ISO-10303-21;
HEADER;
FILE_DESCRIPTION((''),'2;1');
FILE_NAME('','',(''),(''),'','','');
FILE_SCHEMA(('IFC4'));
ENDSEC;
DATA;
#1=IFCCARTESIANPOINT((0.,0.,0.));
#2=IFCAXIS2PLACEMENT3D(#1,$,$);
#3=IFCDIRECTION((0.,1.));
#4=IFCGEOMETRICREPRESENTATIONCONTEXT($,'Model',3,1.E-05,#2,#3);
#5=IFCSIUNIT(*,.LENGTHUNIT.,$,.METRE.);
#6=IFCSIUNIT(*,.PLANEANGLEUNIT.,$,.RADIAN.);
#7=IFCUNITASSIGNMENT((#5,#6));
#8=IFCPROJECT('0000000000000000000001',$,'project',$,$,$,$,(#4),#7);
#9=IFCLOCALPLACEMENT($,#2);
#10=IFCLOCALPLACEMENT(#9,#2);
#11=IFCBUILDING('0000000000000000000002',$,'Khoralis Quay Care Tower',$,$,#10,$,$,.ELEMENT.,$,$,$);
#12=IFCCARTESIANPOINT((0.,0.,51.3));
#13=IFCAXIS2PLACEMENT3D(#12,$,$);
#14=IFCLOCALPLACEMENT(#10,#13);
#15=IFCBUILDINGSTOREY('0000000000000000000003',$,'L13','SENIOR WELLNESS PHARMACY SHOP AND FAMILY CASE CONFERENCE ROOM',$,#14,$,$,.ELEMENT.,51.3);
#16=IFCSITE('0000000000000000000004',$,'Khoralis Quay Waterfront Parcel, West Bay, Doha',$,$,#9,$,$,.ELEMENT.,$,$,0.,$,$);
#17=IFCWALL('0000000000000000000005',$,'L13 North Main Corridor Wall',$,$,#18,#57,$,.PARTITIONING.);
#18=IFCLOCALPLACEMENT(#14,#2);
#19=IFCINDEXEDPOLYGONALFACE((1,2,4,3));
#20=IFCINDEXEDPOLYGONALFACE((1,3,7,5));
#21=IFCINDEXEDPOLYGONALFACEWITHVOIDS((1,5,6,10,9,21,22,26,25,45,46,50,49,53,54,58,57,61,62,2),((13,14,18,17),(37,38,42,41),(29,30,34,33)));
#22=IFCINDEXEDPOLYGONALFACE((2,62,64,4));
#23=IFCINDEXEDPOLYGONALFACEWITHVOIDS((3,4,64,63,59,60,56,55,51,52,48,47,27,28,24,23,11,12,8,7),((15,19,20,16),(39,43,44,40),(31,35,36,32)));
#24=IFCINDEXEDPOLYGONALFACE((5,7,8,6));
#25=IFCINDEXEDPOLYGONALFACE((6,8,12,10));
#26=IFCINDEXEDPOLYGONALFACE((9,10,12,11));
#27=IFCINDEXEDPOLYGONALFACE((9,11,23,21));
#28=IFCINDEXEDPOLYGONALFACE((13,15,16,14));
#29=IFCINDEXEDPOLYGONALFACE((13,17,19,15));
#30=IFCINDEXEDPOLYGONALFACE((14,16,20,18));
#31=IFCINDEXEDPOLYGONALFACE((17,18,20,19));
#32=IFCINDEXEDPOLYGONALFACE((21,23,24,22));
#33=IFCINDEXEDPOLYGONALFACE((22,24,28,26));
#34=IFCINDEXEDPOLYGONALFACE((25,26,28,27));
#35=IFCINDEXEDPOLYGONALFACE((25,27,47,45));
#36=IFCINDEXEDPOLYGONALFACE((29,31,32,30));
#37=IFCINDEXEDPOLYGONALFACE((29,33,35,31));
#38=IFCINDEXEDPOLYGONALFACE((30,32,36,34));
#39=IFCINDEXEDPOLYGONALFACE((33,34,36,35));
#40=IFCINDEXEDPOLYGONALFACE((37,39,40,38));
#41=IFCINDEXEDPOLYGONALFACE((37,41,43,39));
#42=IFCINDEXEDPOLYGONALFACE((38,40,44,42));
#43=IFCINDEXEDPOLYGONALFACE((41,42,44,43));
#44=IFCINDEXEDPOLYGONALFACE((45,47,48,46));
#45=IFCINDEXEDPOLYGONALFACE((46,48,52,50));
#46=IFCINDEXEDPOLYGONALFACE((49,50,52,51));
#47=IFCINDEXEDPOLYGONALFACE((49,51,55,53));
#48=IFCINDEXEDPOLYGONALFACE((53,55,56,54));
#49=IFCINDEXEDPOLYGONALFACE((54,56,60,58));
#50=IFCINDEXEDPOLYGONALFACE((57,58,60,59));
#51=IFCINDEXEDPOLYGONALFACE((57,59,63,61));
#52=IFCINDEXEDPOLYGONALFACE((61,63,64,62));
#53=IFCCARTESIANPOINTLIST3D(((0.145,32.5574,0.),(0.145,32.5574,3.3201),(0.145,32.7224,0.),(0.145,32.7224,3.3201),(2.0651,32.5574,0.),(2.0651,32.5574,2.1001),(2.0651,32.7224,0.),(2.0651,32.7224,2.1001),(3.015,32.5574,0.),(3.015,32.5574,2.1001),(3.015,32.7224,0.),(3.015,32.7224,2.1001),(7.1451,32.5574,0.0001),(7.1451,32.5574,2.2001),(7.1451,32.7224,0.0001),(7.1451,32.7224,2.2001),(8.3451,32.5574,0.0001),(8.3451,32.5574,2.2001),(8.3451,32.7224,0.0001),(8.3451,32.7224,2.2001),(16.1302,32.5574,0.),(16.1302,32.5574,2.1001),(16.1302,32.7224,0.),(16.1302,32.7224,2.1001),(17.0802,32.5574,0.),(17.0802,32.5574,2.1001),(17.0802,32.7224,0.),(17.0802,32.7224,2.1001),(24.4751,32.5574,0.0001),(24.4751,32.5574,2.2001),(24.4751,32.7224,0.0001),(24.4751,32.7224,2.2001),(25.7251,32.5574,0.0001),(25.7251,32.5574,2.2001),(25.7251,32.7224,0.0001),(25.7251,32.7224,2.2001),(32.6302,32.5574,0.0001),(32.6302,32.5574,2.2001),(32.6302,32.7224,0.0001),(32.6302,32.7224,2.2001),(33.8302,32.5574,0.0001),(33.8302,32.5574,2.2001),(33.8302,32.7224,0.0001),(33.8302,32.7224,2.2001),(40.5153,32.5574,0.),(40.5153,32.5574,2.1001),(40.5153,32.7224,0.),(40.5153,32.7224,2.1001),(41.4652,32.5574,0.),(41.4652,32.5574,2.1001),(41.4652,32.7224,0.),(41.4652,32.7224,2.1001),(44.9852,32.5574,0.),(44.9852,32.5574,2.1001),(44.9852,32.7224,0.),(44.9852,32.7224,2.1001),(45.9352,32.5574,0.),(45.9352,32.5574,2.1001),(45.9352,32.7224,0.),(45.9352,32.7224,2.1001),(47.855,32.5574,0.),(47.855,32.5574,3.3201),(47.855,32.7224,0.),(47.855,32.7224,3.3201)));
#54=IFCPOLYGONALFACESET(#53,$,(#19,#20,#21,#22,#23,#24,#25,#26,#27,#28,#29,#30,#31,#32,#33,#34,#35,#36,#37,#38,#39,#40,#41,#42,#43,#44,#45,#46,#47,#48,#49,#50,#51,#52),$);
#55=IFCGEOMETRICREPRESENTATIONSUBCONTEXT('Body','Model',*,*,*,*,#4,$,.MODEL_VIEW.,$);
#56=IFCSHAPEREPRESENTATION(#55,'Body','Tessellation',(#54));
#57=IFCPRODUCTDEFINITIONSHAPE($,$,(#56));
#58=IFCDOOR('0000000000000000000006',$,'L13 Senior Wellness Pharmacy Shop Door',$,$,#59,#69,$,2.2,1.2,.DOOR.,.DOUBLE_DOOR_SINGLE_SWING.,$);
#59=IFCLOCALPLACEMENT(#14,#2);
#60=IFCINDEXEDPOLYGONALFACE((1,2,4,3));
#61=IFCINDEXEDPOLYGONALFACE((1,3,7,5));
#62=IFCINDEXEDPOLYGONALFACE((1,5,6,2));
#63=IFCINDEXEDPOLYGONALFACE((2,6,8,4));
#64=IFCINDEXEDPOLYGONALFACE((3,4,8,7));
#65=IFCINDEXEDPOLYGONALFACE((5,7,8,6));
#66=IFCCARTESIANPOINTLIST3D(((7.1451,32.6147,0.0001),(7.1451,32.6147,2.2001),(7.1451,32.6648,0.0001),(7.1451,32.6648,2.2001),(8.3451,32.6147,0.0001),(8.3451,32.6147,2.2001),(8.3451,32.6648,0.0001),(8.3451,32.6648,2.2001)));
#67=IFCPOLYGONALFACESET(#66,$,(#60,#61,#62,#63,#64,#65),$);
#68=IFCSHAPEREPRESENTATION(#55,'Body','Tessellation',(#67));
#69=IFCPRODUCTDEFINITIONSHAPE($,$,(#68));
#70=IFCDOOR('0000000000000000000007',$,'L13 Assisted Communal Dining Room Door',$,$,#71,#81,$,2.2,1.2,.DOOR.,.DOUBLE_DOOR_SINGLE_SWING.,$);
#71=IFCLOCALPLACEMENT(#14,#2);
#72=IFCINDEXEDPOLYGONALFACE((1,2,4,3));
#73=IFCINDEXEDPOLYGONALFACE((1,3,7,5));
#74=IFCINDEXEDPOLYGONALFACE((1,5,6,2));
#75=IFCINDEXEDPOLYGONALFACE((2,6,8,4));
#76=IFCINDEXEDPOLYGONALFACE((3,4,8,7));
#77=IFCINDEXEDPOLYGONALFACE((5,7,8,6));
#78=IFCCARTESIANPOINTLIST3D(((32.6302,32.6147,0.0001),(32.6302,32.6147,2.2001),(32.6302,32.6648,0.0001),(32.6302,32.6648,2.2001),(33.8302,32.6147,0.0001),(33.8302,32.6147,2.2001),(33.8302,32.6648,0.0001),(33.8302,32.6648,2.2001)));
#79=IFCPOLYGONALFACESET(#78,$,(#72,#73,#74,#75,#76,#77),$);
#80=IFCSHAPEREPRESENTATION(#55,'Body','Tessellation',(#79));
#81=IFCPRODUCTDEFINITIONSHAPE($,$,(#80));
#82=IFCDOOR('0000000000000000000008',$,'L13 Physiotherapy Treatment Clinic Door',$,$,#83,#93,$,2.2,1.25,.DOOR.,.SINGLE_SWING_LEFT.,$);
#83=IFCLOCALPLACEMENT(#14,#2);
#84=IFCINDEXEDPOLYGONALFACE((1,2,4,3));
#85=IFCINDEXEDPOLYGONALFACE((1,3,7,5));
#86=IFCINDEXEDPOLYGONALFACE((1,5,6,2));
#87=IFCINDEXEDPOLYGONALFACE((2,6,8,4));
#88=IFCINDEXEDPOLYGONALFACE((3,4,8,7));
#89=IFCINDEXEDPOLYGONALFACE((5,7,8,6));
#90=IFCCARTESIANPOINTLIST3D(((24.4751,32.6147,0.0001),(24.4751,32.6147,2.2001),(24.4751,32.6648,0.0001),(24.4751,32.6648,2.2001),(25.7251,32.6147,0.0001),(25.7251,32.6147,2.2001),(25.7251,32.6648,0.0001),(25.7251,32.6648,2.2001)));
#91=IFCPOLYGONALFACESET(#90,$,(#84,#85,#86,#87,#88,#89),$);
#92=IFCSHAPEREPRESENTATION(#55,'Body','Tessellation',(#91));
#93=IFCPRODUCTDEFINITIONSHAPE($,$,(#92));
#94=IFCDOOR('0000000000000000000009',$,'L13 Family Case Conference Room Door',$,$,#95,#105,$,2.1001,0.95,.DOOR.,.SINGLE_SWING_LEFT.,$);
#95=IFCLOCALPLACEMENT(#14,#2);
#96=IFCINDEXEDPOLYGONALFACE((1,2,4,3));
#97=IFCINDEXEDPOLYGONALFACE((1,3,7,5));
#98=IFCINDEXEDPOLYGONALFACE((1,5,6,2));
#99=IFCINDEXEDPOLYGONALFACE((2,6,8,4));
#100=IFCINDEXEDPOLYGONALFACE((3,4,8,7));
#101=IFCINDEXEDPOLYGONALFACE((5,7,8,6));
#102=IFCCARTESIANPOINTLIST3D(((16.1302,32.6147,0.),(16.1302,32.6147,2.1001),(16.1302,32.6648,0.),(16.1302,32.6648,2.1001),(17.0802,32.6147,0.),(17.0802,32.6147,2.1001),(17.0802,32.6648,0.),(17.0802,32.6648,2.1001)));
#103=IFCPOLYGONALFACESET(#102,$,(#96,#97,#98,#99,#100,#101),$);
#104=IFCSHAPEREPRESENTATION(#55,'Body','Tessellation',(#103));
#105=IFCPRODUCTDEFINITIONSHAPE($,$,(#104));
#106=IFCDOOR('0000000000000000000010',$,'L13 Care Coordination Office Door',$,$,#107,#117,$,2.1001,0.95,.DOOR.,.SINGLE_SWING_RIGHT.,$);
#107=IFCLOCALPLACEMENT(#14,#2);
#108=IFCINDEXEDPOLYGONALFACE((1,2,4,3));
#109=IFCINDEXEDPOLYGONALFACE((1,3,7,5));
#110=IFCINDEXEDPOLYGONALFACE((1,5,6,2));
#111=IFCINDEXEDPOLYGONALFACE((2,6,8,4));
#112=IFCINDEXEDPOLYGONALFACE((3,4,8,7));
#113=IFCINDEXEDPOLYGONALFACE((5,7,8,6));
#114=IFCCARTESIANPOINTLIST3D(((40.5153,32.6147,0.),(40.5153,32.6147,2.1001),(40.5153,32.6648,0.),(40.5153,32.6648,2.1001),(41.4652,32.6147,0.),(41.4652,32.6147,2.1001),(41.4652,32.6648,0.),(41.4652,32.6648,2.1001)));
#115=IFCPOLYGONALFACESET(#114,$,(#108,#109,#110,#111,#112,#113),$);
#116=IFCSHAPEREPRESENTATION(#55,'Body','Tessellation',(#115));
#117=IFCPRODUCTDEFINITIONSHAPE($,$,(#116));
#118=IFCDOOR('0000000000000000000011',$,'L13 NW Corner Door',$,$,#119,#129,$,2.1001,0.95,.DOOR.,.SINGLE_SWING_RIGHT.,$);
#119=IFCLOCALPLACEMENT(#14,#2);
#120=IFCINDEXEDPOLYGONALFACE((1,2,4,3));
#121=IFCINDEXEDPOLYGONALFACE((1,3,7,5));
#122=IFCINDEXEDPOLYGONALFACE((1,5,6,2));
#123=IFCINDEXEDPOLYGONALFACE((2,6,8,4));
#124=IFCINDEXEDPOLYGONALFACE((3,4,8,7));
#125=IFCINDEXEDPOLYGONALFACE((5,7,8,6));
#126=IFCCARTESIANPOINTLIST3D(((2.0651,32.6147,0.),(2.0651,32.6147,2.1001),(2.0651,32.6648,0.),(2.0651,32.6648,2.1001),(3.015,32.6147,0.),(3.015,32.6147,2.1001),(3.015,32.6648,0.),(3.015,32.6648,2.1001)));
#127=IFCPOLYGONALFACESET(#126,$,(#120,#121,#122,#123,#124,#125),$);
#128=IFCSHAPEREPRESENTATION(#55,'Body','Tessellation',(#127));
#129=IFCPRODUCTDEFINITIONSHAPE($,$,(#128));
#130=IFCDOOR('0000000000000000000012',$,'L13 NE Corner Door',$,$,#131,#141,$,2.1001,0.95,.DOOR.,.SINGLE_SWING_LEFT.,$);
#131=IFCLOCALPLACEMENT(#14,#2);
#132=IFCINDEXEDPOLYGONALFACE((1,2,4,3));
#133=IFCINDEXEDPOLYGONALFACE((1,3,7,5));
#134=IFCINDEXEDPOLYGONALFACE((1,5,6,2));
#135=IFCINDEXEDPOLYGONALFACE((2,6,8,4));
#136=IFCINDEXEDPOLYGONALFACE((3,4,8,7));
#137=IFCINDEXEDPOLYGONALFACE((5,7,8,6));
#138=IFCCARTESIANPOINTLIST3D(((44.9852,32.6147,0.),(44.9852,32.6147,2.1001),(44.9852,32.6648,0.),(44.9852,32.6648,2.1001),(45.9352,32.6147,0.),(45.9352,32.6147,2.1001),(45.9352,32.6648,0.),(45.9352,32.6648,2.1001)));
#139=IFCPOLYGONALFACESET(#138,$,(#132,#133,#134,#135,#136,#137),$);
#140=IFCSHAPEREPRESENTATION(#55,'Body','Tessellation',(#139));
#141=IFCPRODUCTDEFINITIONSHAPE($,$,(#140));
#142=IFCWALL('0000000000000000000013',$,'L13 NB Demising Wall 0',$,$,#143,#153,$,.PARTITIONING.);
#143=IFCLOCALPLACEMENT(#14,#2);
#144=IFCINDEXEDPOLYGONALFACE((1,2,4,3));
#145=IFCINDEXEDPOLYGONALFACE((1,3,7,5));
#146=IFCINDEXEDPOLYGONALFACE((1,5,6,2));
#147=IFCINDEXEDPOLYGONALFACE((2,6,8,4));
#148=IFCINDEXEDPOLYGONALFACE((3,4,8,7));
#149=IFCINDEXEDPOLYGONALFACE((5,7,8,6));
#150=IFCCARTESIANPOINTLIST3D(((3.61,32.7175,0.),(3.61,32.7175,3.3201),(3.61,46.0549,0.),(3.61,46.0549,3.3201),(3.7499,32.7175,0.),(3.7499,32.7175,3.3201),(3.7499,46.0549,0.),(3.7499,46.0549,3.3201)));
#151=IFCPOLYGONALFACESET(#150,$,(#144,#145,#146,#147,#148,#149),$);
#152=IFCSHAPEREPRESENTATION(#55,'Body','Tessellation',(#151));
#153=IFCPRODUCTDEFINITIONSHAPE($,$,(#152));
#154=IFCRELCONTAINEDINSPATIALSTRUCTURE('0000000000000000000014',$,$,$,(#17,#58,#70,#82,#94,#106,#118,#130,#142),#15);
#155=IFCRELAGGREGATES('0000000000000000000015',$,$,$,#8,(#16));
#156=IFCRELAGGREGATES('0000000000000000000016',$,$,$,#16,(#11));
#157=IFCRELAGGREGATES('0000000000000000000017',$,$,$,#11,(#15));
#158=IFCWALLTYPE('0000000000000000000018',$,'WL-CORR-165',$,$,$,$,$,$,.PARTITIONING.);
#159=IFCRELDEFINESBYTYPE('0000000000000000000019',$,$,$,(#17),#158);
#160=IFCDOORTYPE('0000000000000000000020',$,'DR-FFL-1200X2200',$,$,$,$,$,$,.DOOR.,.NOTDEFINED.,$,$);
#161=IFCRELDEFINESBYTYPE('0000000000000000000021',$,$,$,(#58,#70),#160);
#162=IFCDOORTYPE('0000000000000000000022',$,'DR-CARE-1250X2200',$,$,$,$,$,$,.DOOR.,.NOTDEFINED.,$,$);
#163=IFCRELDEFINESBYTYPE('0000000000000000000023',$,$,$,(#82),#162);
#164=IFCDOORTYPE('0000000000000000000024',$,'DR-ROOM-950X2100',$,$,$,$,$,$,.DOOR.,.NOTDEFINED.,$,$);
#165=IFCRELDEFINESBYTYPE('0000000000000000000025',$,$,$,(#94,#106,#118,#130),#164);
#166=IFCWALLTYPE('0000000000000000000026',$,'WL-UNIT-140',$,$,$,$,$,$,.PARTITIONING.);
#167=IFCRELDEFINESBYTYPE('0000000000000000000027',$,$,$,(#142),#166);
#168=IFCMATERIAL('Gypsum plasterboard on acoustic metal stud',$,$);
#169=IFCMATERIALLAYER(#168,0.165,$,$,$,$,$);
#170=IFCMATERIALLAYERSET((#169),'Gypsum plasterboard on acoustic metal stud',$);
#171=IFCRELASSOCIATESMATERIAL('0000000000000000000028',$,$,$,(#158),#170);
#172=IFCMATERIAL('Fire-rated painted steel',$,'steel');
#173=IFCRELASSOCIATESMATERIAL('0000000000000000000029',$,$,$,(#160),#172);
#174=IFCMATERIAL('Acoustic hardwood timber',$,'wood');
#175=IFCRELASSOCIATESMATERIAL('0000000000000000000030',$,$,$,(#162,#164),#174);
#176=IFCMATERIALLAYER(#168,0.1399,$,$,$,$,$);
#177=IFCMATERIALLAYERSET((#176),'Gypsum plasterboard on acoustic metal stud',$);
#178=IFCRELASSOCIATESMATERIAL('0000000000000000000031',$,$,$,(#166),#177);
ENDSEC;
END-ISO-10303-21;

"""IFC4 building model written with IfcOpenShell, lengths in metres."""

from ifc_helpers import new_model, si_unit, direction, frame, frame_2d, origin, place, context, subcontext, project, spatial, rectangle, extrude, source, transform, mapped, material, layer, layer_set, type_object, element, fill, save


model = new_model("IFC4")

# Units and contexts
model_context = context("Model", 3, precision=1e-05, world=origin(), true_north=direction((0.0, 1.0)))
body_context = subcontext(model_context, "Body", "Model", "MODEL_VIEW")
ifc_project = project(units=[si_unit("LENGTHUNIT", "METRE"), si_unit("PLANEANGLEUNIT", "RADIAN")], contexts=[model_context])

# Site, building, storey
site_placement = place(None, origin())
site = spatial("IfcSite", under=ifc_project, at=site_placement, Name="Khoralis Quay Waterfront Parcel, West Bay, Doha", CompositionType="ELEMENT", RefElevation=0.0)
building_placement = place(site_placement, origin())
building = spatial("IfcBuilding", under=site, at=building_placement, Name="Khoralis Quay Care Tower", CompositionType="ELEMENT")
storey_placement = place(building_placement, frame((0.0, 0.0, 51.3)))
storey = spatial("IfcBuildingStorey", under=building, at=storey_placement, Name="L13", Description="SENIOR WELLNESS PHARMACY SHOP AND FAMILY CASE CONFERENCE ROOM", CompositionType="ELEMENT", Elevation=51.3)

# Wall, openings, doors
ifc_material_1 = material(Name="Gypsum plasterboard on acoustic metal stud")
ifc_layer_1 = layer(ifc_material_1, 0.165)
ifc_layer_set_1 = layer_set([ifc_layer_1], Name="Gypsum plasterboard on acoustic metal stud")
wall_type_1 = type_object("IfcWallType", Name="WL-CORR-165", PredefinedType="PARTITIONING", material=ifc_layer_set_1)
wall_1_placement = place(storey_placement, frame((0.145, 32.6399, 0.0), z_axis=(0.0, 0.0, 1.0), x_axis=(1.0, 0.0, 0.0)))
wall_1 = element("IfcWall", 1, at=wall_1_placement, inside=storey, type_object=wall_type_1, Name="L13 North Main Corridor Wall", PredefinedType="PARTITIONING", context=body_context, shape_type="SweptSolid", body=[
    extrude(rectangle(XDim=47.71, YDim=0.165, at=frame_2d((23.855, 0.0))), origin(), (0.0, 0.0, 1.0), 3.3201),
])
opening_1_placement = place(wall_1_placement, frame((7.0, 0.0, 0.0)))
opening_1 = element("IfcOpeningElement", 2, at=opening_1_placement, cuts=wall_1, PredefinedType="OPENING", context=body_context, shape_type="SweptSolid", body=[
    extrude(rectangle(XDim=1.2, YDim=2.2, at=frame_2d((0.6001, 1.1001))), frame((0.0, 0.0925, 0.0), z_axis=(0.0, -1.0, 0.0), x_axis=(1.0, 0.0, 0.0)), (0.0, 0.0, 1.0), 0.1851),
])
opening_2_placement = place(wall_1_placement, frame((15.9851, 0.0, 0.0)))
opening_2 = element("IfcOpeningElement", 3, at=opening_2_placement, cuts=wall_1, PredefinedType="OPENING", context=body_context, shape_type="SweptSolid", body=[
    extrude(rectangle(XDim=0.95, YDim=2.1001, at=frame_2d((0.4751, 1.05))), frame((0.0, 0.0925, 0.0), z_axis=(0.0, -1.0, 0.0), x_axis=(1.0, 0.0, 0.0)), (0.0, 0.0, 1.0), 0.1851),
])
opening_3_placement = place(wall_1_placement, frame((24.3301, 0.0, 0.0)))
opening_3 = element("IfcOpeningElement", 4, at=opening_3_placement, cuts=wall_1, PredefinedType="OPENING", context=body_context, shape_type="SweptSolid", body=[
    extrude(rectangle(XDim=1.25, YDim=2.2, at=frame_2d((0.625, 1.1001))), frame((0.0, 0.0925, 0.0), z_axis=(0.0, -1.0, 0.0), x_axis=(1.0, 0.0, 0.0)), (0.0, 0.0, 1.0), 0.1851),
])
opening_4_placement = place(wall_1_placement, frame((32.4851, 0.0, 0.0)))
opening_4 = element("IfcOpeningElement", 5, at=opening_4_placement, cuts=wall_1, PredefinedType="OPENING", context=body_context, shape_type="SweptSolid", body=[
    extrude(rectangle(XDim=1.2, YDim=2.2, at=frame_2d((0.6001, 1.1001))), frame((0.0, 0.0925, 0.0), z_axis=(0.0, -1.0, 0.0), x_axis=(1.0, 0.0, 0.0)), (0.0, 0.0, 1.0), 0.1851),
])
opening_5_placement = place(wall_1_placement, frame((40.3701, 0.0, 0.0)))
opening_5 = element("IfcOpeningElement", 6, at=opening_5_placement, cuts=wall_1, PredefinedType="OPENING", context=body_context, shape_type="SweptSolid", body=[
    extrude(rectangle(XDim=0.95, YDim=2.1001, at=frame_2d((0.4751, 1.05))), frame((0.0, 0.0925, 0.0), z_axis=(0.0, -1.0, 0.0), x_axis=(1.0, 0.0, 0.0)), (0.0, 0.0, 1.0), 0.1851),
])
opening_6_placement = place(wall_1_placement, frame((1.9199, 0.0, 0.0)))
opening_6 = element("IfcOpeningElement", 7, at=opening_6_placement, cuts=wall_1, PredefinedType="OPENING", context=body_context, shape_type="SweptSolid", body=[
    extrude(rectangle(XDim=0.95, YDim=2.1001, at=frame_2d((0.4751, 1.05))), frame((0.0, 0.0925, 0.0), z_axis=(0.0, -1.0, 0.0), x_axis=(1.0, 0.0, 0.0)), (0.0, 0.0, 1.0), 0.1851),
])
opening_7_placement = place(wall_1_placement, frame((44.8401, 0.0, 0.0)))
opening_7 = element("IfcOpeningElement", 8, at=opening_7_placement, cuts=wall_1, PredefinedType="OPENING", context=body_context, shape_type="SweptSolid", body=[
    extrude(rectangle(XDim=0.95, YDim=2.1001, at=frame_2d((0.4751, 1.05))), frame((0.0, 0.0925, 0.0), z_axis=(0.0, -1.0, 0.0), x_axis=(1.0, 0.0, 0.0)), (0.0, 0.0, 1.0), 0.1851),
])
ifc_material_2 = material(Name="Fire-rated painted steel", Category="steel")
door_type_1 = type_object("IfcDoorType", Name="DR-FFL-1200X2200", OperationType="NOTDEFINED", PredefinedType="DOOR", material=ifc_material_2)
shared_shape_1 = source(origin(), body_context, "Body", "SweptSolid", [
    extrude(rectangle(XDim=1.2, YDim=2.2, at=frame_2d((0.6001, 1.1001))), frame((0.0, 0.0249, 0.0), z_axis=(0.0, -1.0, 0.0), x_axis=(1.0, 0.0, 0.0)), (0.0, 0.0, 1.0), 0.05),
])
door_1_placement = place(opening_1_placement, origin())
door_1 = element("IfcDoor", 9, at=door_1_placement, inside=storey, type_object=door_type_1, Name="L13 Senior Wellness Pharmacy Shop Door", OperationType="DOUBLE_DOOR_SINGLE_SWING", OverallHeight=2.2, OverallWidth=1.2, PredefinedType="DOOR", context=body_context, shape_type="MappedRepresentation", body=[
    mapped(shared_shape_1, transform((0.0, 0.0, 0.0), scale=1.0)),
])
fill(opening_1, door_1)
door_2_placement = place(opening_4_placement, origin())
door_2 = element("IfcDoor", 10, at=door_2_placement, inside=storey, type_object=door_type_1, Name="L13 Assisted Communal Dining Room Door", OperationType="DOUBLE_DOOR_SINGLE_SWING", OverallHeight=2.2, OverallWidth=1.2, PredefinedType="DOOR", context=body_context, shape_type="MappedRepresentation", body=[
    mapped(shared_shape_1, transform((0.0, 0.0, 0.0), scale=1.0)),
])
fill(opening_4, door_2)
ifc_material_3 = material(Name="Acoustic hardwood timber", Category="wood")
door_type_2 = type_object("IfcDoorType", Name="DR-CARE-1250X2200", OperationType="NOTDEFINED", PredefinedType="DOOR", material=ifc_material_3)
shared_shape_2 = source(origin(), body_context, "Body", "SweptSolid", [
    extrude(rectangle(XDim=1.25, YDim=2.2, at=frame_2d((0.625, 1.1001))), frame((0.0, 0.0249, 0.0), z_axis=(0.0, -1.0, 0.0), x_axis=(1.0, 0.0, 0.0)), (0.0, 0.0, 1.0), 0.05),
])
door_3_placement = place(opening_3_placement, origin())
door_3 = element("IfcDoor", 11, at=door_3_placement, inside=storey, type_object=door_type_2, Name="L13 Physiotherapy Treatment Clinic Door", OperationType="SINGLE_SWING_LEFT", OverallHeight=2.2, OverallWidth=1.25, PredefinedType="DOOR", context=body_context, shape_type="MappedRepresentation", body=[
    mapped(shared_shape_2, transform((0.0, 0.0, 0.0), scale=1.0)),
])
fill(opening_3, door_3)
door_type_3 = type_object("IfcDoorType", Name="DR-ROOM-950X2100", OperationType="NOTDEFINED", PredefinedType="DOOR", material=ifc_material_3)
shared_shape_3 = source(origin(), body_context, "Body", "SweptSolid", [
    extrude(rectangle(XDim=0.95, YDim=2.1001, at=frame_2d((0.4751, 1.05))), frame((0.0, 0.0249, 0.0), z_axis=(0.0, -1.0, 0.0), x_axis=(1.0, 0.0, 0.0)), (0.0, 0.0, 1.0), 0.05),
])
door_4_placement = place(opening_2_placement, origin())
door_4 = element("IfcDoor", 12, at=door_4_placement, inside=storey, type_object=door_type_3, Name="L13 Family Case Conference Room Door", OperationType="SINGLE_SWING_LEFT", OverallHeight=2.1001, OverallWidth=0.95, PredefinedType="DOOR", context=body_context, shape_type="MappedRepresentation", body=[
    mapped(shared_shape_3, transform((0.0, 0.0, 0.0), scale=1.0)),
])
fill(opening_2, door_4)
door_5_placement = place(opening_5_placement, origin())
door_5 = element("IfcDoor", 13, at=door_5_placement, inside=storey, type_object=door_type_3, Name="L13 Care Coordination Office Door", OperationType="SINGLE_SWING_RIGHT", OverallHeight=2.1001, OverallWidth=0.95, PredefinedType="DOOR", context=body_context, shape_type="MappedRepresentation", body=[
    mapped(shared_shape_3, transform((0.0, 0.0, 0.0), scale=1.0)),
])
fill(opening_5, door_5)
door_6_placement = place(opening_6_placement, origin())
door_6 = element("IfcDoor", 14, at=door_6_placement, inside=storey, type_object=door_type_3, Name="L13 NW Corner Door", OperationType="SINGLE_SWING_RIGHT", OverallHeight=2.1001, OverallWidth=0.95, PredefinedType="DOOR", context=body_context, shape_type="MappedRepresentation", body=[
    mapped(shared_shape_3, transform((0.0, 0.0, 0.0), scale=1.0)),
])
fill(opening_6, door_6)
door_7_placement = place(opening_7_placement, origin())
door_7 = element("IfcDoor", 15, at=door_7_placement, inside=storey, type_object=door_type_3, Name="L13 NE Corner Door", OperationType="SINGLE_SWING_LEFT", OverallHeight=2.1001, OverallWidth=0.95, PredefinedType="DOOR", context=body_context, shape_type="MappedRepresentation", body=[
    mapped(shared_shape_3, transform((0.0, 0.0, 0.0), scale=1.0)),
])
fill(opening_7, door_7)

# Wall
ifc_layer_2 = layer(ifc_material_1, 0.1399)
ifc_layer_set_2 = layer_set([ifc_layer_2], Name="Gypsum plasterboard on acoustic metal stud")
wall_type_2 = type_object("IfcWallType", Name="WL-UNIT-140", PredefinedType="PARTITIONING", material=ifc_layer_set_2)
wall_2_placement = place(storey_placement, frame((3.6799, 32.7175, 0.0), z_axis=(0.0, 0.0, 1.0), x_axis=(0.0, 1.0, 0.0)))
element("IfcWall", 16, at=wall_2_placement, inside=storey, type_object=wall_type_2, Name="L13 NB Demising Wall 0", PredefinedType="PARTITIONING", context=body_context, shape_type="SweptSolid", body=[
    extrude(rectangle(XDim=13.3374, YDim=0.1399, at=frame_2d((6.6687, 0.0))), origin(), (0.0, 0.0, 1.0), 3.3201),
])

save(model, "model.ifc")
